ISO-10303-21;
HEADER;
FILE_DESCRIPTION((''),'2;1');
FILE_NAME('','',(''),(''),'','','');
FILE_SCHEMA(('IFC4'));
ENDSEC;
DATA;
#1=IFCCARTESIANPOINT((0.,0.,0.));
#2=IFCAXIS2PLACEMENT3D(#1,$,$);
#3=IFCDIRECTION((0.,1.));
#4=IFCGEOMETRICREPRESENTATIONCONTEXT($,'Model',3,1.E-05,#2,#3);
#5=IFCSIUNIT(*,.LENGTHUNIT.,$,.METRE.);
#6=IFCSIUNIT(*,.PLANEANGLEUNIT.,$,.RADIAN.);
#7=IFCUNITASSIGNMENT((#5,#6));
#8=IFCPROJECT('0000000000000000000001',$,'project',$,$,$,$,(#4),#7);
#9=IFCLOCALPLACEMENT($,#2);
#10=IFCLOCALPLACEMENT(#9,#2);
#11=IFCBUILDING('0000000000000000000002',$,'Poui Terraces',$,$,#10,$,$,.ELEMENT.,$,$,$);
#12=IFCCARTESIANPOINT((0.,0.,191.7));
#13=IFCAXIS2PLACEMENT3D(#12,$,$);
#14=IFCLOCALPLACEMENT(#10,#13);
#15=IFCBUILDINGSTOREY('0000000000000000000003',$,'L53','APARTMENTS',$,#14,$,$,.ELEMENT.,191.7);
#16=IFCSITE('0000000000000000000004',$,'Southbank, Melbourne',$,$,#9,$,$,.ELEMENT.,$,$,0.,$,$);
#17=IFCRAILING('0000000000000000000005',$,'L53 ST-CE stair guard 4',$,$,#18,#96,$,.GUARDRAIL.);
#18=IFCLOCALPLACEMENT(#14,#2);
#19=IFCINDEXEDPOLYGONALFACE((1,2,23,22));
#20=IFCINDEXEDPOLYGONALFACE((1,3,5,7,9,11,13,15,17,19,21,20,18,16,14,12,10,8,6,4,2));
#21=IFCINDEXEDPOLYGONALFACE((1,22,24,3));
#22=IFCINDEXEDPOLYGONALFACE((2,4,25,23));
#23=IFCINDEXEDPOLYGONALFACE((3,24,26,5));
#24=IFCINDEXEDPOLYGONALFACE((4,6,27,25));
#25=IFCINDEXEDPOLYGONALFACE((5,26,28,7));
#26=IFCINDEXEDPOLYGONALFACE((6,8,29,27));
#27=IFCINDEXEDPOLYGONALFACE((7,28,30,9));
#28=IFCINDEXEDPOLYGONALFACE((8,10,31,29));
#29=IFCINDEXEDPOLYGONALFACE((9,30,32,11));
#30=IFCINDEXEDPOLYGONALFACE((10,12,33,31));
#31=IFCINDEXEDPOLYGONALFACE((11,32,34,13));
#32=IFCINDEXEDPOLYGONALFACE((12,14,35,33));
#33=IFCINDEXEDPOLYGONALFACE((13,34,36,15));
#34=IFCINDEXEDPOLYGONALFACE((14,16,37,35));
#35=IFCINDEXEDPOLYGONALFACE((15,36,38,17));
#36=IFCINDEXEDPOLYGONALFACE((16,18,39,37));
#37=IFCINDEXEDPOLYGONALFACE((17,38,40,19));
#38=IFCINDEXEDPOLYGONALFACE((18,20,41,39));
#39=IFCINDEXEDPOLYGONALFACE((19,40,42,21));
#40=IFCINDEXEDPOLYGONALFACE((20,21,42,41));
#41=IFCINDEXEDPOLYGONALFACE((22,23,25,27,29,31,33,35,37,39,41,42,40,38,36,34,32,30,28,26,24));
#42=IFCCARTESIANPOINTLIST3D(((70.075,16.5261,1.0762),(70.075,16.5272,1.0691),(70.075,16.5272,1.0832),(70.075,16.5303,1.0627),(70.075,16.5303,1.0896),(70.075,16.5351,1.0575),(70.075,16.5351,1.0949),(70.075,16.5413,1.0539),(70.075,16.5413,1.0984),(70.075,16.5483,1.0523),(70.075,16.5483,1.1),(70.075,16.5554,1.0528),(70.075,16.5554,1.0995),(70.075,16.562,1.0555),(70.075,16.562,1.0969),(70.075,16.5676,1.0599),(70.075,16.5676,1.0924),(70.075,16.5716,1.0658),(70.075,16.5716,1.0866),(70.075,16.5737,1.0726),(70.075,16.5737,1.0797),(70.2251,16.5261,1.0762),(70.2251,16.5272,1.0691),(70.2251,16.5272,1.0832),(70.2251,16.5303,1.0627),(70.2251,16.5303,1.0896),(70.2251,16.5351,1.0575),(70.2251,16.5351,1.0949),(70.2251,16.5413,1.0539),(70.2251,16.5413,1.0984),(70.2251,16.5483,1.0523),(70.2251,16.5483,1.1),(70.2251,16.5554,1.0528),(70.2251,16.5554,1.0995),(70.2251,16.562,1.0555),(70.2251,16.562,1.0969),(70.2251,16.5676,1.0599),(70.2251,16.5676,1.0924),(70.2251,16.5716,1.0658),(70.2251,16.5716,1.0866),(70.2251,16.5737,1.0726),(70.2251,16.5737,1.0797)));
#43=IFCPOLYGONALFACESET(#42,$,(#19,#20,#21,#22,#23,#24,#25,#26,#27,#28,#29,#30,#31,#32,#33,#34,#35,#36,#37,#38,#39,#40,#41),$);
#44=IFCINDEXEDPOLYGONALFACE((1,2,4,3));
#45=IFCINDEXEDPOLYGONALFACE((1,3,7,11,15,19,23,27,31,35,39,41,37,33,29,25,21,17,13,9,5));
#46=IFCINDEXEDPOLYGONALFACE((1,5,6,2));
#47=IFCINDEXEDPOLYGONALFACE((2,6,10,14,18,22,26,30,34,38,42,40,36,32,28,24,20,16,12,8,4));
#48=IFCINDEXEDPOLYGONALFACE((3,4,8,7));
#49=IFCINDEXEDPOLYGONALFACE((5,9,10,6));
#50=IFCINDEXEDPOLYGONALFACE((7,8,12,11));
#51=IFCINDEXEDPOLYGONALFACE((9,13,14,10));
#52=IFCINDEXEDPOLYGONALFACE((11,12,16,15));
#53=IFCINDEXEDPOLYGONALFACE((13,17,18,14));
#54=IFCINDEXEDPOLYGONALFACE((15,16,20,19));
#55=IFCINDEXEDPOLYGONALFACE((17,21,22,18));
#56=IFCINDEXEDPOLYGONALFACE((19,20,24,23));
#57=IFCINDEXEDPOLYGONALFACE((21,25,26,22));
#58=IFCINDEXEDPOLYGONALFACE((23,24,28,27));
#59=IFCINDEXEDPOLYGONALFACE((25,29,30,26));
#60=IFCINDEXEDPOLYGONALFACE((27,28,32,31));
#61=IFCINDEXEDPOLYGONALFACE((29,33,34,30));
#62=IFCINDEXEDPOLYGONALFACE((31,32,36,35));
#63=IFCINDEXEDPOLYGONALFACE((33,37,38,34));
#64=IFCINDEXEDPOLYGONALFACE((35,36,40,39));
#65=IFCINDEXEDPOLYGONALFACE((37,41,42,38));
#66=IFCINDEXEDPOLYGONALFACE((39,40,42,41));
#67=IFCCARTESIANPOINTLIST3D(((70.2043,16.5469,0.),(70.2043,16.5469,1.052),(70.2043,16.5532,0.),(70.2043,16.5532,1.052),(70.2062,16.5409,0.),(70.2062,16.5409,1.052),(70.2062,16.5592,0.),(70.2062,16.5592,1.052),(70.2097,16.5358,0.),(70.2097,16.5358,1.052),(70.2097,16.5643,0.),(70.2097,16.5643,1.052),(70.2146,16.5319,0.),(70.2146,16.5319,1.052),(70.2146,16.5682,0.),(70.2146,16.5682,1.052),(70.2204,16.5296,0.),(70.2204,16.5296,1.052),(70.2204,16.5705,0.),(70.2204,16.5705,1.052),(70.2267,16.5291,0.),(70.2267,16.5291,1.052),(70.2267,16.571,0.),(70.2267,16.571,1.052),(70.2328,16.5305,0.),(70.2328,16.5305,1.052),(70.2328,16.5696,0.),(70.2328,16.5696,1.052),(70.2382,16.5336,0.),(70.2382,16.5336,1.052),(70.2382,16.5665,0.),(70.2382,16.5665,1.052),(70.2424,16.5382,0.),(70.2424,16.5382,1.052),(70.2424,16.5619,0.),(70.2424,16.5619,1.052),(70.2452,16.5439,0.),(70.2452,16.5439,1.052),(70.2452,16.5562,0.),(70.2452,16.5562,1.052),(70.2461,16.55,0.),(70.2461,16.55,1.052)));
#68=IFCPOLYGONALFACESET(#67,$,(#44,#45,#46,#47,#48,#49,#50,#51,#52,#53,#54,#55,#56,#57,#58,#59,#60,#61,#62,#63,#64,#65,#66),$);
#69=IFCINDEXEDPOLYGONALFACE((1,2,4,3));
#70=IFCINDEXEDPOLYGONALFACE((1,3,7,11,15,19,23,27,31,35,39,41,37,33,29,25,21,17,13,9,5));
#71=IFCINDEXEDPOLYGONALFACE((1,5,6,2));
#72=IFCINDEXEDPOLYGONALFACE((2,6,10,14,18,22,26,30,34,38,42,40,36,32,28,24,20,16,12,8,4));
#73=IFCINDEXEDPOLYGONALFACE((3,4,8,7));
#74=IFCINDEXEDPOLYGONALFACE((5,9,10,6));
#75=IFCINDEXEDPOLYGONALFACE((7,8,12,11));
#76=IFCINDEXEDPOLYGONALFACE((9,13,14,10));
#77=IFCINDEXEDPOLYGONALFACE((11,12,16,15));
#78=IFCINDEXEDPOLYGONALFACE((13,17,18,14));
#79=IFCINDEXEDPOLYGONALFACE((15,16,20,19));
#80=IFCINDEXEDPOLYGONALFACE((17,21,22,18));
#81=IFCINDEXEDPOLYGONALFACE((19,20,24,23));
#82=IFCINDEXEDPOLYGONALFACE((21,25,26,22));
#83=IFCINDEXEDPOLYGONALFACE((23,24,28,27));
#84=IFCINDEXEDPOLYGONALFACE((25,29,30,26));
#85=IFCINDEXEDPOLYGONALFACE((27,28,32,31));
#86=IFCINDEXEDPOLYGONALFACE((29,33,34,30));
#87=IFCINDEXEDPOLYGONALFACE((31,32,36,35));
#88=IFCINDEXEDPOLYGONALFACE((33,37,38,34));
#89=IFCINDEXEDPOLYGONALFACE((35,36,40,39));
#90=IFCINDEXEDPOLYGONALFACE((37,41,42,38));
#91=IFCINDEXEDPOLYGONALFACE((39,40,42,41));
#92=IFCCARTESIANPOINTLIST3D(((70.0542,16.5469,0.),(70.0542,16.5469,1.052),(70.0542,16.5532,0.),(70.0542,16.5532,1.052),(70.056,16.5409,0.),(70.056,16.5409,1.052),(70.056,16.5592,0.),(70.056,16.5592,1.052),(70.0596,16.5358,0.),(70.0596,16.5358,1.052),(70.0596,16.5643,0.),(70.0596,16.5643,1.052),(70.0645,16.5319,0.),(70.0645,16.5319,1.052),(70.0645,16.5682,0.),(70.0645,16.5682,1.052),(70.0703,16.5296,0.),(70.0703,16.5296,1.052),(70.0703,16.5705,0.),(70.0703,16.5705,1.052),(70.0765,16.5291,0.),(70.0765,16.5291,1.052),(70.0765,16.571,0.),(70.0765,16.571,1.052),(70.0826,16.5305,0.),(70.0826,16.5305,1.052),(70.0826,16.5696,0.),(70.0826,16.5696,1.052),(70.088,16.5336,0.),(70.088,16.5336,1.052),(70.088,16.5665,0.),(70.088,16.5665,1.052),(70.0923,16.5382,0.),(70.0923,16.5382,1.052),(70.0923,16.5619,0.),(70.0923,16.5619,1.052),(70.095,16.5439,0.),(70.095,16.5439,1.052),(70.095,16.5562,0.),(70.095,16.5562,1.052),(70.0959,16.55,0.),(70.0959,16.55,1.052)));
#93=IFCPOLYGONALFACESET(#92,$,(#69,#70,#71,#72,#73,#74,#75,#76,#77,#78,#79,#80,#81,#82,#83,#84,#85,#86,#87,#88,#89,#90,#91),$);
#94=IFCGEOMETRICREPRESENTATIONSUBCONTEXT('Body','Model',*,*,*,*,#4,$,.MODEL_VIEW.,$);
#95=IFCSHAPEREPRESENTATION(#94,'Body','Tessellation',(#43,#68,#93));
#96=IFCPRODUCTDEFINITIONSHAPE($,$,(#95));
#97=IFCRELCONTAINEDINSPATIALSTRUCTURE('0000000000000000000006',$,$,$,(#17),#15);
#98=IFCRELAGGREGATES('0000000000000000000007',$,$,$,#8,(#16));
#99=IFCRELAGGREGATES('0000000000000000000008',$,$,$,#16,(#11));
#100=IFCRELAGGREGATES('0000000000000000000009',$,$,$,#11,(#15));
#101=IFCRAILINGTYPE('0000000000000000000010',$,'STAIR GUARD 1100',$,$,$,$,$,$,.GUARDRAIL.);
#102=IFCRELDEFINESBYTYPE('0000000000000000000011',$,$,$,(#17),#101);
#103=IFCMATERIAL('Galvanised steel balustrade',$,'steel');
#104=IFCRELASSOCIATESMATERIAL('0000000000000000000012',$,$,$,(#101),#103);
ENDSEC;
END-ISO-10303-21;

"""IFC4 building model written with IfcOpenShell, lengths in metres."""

from ifc_helpers import new_model, si_unit, direction, frame, origin, origin_2d, place, context, subcontext, project, spatial, circle, extrude, material, type_object, element, save


model = new_model("IFC4")

# Units and contexts
model_context = context("Model", 3, precision=1e-05, world=origin(), true_north=direction((0.0, 1.0)))
body_context = subcontext(model_context, "Body", "Model", "MODEL_VIEW")
ifc_project = project(units=[si_unit("LENGTHUNIT", "METRE"), si_unit("PLANEANGLEUNIT", "RADIAN")], contexts=[model_context])

# Site, building, storey
site_placement = place(None, origin())
site = spatial("IfcSite", under=ifc_project, at=site_placement, Name="Southbank, Melbourne", CompositionType="ELEMENT", RefElevation=0.0)
building_placement = place(site_placement, origin())
building = spatial("IfcBuilding", under=site, at=building_placement, Name="Poui Terraces", CompositionType="ELEMENT")
storey_placement = place(building_placement, frame((0.0, 0.0, 191.7)))
storey = spatial("IfcBuildingStorey", under=building, at=storey_placement, Name="L53", Description="APARTMENTS", CompositionType="ELEMENT", Elevation=191.7)

# Railing
ifc_material_1 = material(Name="Galvanised steel balustrade", Category="steel")
railing_type_1 = type_object("IfcRailingType", Name="STAIR GUARD 1100", PredefinedType="GUARDRAIL", material=ifc_material_1)
railing_1_placement = place(storey_placement, frame((70.2251, 16.55, 0.0)))
element("IfcRailing", 1, at=railing_1_placement, inside=storey, type_object=railing_type_1, Name="L53 ST-CE stair guard 4", PredefinedType="GUARDRAIL", context=body_context, shape_type="SweptSolid", body=[
    extrude(circle(Radius=0.0239, at=origin_2d()), frame((0.0, 0.0, 1.0762), z_axis=(-1.0, 0.0, 0.0), x_axis=(0.0, -1.0, 0.0)), (0.0, 0.0, 1.0), 0.1501),
    extrude(circle(Radius=0.021, at=origin_2d()), origin(), (0.0, 0.0, 1.0), 1.052),
    extrude(circle(Radius=0.021, at=origin_2d()), frame((-0.1501, 0.0, 0.0)), (0.0, 0.0, 1.0), 1.052),
])

save(model, "model.ifc")
